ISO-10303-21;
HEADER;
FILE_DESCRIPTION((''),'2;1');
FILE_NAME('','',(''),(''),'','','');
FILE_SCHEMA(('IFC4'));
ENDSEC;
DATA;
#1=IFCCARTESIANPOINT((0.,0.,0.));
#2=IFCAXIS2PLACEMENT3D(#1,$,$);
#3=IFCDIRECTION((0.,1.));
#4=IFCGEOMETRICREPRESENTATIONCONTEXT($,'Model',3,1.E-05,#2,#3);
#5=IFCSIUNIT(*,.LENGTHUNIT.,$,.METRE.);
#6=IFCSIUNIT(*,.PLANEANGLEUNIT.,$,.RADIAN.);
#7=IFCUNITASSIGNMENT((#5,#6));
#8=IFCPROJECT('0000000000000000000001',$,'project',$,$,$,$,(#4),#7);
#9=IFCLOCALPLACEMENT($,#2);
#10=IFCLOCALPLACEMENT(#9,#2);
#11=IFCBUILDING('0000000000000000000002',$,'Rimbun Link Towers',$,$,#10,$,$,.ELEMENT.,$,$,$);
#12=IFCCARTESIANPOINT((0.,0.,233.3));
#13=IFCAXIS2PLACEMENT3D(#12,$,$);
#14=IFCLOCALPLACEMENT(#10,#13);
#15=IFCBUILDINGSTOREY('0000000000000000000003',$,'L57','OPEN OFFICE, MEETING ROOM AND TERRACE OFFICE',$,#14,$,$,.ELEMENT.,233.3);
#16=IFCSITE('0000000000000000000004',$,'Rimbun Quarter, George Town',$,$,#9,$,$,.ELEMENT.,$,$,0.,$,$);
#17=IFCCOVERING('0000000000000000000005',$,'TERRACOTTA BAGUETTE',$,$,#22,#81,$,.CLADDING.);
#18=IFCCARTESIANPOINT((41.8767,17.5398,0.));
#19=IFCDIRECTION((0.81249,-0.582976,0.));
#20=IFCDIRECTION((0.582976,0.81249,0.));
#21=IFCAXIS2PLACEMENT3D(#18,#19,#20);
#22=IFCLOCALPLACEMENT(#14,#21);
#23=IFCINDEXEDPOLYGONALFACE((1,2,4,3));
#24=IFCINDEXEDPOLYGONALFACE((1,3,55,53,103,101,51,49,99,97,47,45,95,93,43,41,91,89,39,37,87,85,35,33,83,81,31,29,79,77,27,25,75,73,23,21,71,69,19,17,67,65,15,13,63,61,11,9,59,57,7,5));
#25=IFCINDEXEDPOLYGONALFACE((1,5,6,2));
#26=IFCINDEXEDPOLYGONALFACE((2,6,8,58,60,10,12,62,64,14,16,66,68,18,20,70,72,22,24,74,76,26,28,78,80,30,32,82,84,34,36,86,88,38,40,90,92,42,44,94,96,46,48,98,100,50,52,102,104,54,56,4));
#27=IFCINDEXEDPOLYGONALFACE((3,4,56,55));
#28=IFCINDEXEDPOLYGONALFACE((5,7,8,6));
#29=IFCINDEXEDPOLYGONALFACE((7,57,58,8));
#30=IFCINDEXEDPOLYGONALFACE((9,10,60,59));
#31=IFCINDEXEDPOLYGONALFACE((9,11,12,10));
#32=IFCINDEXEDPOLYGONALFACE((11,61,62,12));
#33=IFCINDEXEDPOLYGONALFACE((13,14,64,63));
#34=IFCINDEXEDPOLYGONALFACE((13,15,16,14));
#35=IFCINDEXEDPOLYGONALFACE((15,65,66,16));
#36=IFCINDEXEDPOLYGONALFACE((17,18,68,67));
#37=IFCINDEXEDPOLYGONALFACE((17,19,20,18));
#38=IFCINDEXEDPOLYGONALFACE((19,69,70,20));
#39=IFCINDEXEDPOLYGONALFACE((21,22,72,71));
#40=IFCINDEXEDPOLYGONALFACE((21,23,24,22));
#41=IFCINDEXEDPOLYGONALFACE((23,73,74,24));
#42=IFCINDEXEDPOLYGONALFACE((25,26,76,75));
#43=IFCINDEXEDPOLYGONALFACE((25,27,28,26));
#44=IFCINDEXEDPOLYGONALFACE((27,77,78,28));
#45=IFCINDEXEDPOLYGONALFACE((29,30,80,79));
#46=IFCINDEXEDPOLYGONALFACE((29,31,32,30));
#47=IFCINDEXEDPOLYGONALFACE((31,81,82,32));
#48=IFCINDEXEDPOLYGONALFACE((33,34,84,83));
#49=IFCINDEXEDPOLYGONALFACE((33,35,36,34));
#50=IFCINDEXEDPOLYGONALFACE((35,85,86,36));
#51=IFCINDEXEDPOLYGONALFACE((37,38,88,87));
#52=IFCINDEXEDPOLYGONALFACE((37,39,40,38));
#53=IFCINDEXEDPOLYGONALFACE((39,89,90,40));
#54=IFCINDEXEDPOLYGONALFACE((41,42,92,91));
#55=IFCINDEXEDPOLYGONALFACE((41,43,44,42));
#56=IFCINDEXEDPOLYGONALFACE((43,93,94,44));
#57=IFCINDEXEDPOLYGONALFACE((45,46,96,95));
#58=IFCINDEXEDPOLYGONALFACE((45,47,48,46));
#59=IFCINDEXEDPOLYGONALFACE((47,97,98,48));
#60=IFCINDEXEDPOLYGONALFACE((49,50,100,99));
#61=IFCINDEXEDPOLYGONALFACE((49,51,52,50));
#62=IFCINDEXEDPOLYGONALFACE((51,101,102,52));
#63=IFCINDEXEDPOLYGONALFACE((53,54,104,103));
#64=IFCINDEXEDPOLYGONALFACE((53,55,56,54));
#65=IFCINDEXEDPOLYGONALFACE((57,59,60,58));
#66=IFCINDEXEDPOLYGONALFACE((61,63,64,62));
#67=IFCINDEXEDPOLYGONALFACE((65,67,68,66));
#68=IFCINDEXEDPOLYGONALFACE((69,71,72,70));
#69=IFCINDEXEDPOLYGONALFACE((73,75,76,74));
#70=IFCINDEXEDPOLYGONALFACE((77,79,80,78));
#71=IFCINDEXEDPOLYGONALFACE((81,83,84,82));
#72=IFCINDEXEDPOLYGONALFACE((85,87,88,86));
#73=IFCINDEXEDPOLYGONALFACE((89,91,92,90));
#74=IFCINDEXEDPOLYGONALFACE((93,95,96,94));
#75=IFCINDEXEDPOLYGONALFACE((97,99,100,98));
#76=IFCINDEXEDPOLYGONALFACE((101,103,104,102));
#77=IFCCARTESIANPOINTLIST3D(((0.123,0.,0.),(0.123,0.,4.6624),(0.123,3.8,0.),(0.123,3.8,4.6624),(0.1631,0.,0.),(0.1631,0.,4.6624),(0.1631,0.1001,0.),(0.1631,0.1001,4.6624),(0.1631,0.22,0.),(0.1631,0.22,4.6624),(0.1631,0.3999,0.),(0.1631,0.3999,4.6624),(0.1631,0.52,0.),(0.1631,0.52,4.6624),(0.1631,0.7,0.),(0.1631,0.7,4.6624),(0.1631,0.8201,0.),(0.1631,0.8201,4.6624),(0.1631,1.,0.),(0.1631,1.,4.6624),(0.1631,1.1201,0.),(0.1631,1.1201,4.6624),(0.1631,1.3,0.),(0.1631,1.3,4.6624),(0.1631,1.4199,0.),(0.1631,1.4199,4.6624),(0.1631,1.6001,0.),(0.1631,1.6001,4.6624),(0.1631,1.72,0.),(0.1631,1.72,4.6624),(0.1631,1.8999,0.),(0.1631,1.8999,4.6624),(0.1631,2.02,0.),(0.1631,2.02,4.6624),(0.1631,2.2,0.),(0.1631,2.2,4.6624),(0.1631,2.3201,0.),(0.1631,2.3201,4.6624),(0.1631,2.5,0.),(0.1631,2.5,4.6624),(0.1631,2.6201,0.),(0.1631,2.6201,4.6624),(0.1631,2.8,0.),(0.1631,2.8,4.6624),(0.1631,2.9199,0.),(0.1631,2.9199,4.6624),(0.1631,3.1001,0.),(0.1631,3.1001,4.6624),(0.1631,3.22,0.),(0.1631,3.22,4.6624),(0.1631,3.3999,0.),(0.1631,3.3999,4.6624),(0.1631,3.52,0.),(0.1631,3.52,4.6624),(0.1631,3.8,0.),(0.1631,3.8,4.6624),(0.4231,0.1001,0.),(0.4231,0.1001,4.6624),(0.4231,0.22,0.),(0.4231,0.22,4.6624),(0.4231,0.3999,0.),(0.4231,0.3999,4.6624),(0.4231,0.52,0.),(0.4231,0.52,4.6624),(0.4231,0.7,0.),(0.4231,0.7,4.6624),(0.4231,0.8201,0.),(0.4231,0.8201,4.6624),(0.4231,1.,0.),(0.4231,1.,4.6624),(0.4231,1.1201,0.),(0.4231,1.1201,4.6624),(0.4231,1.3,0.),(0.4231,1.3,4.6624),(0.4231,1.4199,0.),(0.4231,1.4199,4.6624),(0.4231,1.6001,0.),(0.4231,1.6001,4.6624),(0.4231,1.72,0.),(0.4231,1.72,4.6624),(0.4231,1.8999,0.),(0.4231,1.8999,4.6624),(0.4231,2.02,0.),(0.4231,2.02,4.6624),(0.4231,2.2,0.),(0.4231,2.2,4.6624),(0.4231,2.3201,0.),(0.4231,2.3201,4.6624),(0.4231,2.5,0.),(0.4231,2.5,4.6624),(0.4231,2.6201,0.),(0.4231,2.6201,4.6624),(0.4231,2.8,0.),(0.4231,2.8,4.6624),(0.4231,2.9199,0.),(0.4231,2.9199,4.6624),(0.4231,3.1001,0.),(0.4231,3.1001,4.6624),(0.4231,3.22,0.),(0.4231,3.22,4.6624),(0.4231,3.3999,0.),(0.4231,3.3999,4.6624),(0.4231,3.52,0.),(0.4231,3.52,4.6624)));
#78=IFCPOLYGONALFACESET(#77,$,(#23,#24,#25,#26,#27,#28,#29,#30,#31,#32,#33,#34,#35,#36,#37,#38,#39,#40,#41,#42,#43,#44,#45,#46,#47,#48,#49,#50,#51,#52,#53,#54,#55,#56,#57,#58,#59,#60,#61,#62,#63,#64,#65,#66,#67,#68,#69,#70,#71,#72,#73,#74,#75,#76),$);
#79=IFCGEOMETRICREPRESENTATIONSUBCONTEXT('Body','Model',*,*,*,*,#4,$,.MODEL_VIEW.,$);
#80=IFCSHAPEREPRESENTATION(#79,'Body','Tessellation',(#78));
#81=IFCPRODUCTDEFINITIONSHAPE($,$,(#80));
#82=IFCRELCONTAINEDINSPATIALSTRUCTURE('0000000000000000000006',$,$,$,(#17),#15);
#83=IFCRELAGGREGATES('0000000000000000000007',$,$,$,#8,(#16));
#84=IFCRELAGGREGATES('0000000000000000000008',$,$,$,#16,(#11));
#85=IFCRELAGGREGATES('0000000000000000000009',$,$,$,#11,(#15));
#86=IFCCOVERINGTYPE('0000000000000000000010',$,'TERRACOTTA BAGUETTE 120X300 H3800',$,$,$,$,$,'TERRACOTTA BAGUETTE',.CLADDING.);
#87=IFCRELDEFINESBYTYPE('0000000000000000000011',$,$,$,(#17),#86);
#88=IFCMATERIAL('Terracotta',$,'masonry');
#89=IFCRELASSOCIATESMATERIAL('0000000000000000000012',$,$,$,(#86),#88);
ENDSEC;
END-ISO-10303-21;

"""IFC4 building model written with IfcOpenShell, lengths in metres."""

from ifc_helpers import new_model, si_unit, direction, frame, origin, place, context, subcontext, project, spatial, polyline, outline, extrude, material, material_profile, profile_set, type_object, element, save


model = new_model("IFC4")

# Units and contexts
model_context = context("Model", 3, precision=1e-05, world=origin(), true_north=direction((0.0, 1.0)))
body_context = subcontext(model_context, "Body", "Model", "MODEL_VIEW")
ifc_project = project(units=[si_unit("LENGTHUNIT", "METRE"), si_unit("PLANEANGLEUNIT", "RADIAN")], contexts=[model_context])

# Site, building, storey
site_placement = place(None, origin())
site = spatial("IfcSite", under=ifc_project, at=site_placement, Name="Rimbun Quarter, George Town", CompositionType="ELEMENT", RefElevation=0.0)
building_placement = place(site_placement, origin())
building = spatial("IfcBuilding", under=site, at=building_placement, Name="Rimbun Link Towers", CompositionType="ELEMENT")
storey_placement = place(building_placement, frame((0.0, 0.0, 233.3)))
storey = spatial("IfcBuildingStorey", under=building, at=storey_placement, Name="L57", Description="OPEN OFFICE, MEETING ROOM AND TERRACE OFFICE", CompositionType="ELEMENT", Elevation=233.3)

# Covering
ifc_material_1 = material(Name="Terracotta", Category="masonry")
ifc_material_profile_1 = material_profile(ifc_material_1, outline(polyline([(0.123, 0.0), (0.1631, 0.0), (0.1631, 0.1001), (0.4231, 0.1001), (0.4231, 0.22), (0.1631, 0.22), (0.1631, 0.3999), (0.4231, 0.3999), (0.4231, 0.52), (0.1631, 0.52), (0.1631, 0.7), (0.4231, 0.7), (0.4231, 0.8201), (0.1631, 0.8201), (0.1631, 1.0), (0.4231, 1.0), (0.4231, 1.1201), (0.1631, 1.1201), (0.1631, 1.3), (0.4231, 1.3), (0.4231, 1.4199), (0.1631, 1.4199), (0.1631, 1.6001), (0.4231, 1.6001), (0.4231, 1.72), (0.1631, 1.72), (0.1631, 1.8999), (0.4231, 1.8999), (0.4231, 2.02), (0.1631, 2.02), (0.1631, 2.2), (0.4231, 2.2), (0.4231, 2.3201), (0.1631, 2.3201), (0.1631, 2.5), (0.4231, 2.5), (0.4231, 2.6201), (0.1631, 2.6201), (0.1631, 2.8), (0.4231, 2.8), (0.4231, 2.9199), (0.1631, 2.9199), (0.1631, 3.1001), (0.4231, 3.1001), (0.4231, 3.22), (0.1631, 3.22), (0.1631, 3.3999), (0.4231, 3.3999), (0.4231, 3.52), (0.1631, 3.52), (0.1631, 3.8), (0.123, 3.8), (0.123, 0.0)])), Name="BAGUETTE 120X300")
ifc_profile_set_1 = profile_set([ifc_material_profile_1], Name="Terracotta")
covering_type = type_object("IfcCoveringType", Name="TERRACOTTA BAGUETTE 120X300 H3800", ElementType="TERRACOTTA BAGUETTE", PredefinedType="CLADDING", material=ifc_profile_set_1)
covering_placement = place(storey_placement, frame((41.8767, 17.5398, 0.0), z_axis=(0.81249, -0.582976, 0.0), x_axis=(0.582976, 0.81249, 0.0)))
element("IfcCovering", 1, at=covering_placement, inside=storey, type_object=covering_type, Name="TERRACOTTA BAGUETTE", PredefinedType="CLADDING", context=body_context, shape_type="SweptSolid", body=[
    extrude(outline(polyline([(0.123, 0.0), (0.1631, 0.0), (0.1631, 0.1001), (0.4231, 0.1001), (0.4231, 0.22), (0.1631, 0.22), (0.1631, 0.3999), (0.4231, 0.3999), (0.4231, 0.52), (0.1631, 0.52), (0.1631, 0.7), (0.4231, 0.7), (0.4231, 0.8201), (0.1631, 0.8201), (0.1631, 1.0), (0.4231, 1.0), (0.4231, 1.1201), (0.1631, 1.1201), (0.1631, 1.3), (0.4231, 1.3), (0.4231, 1.4199), (0.1631, 1.4199), (0.1631, 1.6001), (0.4231, 1.6001), (0.4231, 1.72), (0.1631, 1.72), (0.1631, 1.8999), (0.4231, 1.8999), (0.4231, 2.02), (0.1631, 2.02), (0.1631, 2.2), (0.4231, 2.2), (0.4231, 2.3201), (0.1631, 2.3201), (0.1631, 2.5), (0.4231, 2.5), (0.4231, 2.6201), (0.1631, 2.6201), (0.1631, 2.8), (0.4231, 2.8), (0.4231, 2.9199), (0.1631, 2.9199), (0.1631, 3.1001), (0.4231, 3.1001), (0.4231, 3.22), (0.1631, 3.22), (0.1631, 3.3999), (0.4231, 3.3999), (0.4231, 3.52), (0.1631, 3.52), (0.1631, 3.8), (0.123, 3.8), (0.123, 0.0)])), origin(), (0.0, 0.0, 1.0), 4.6624),
])

save(model, "model.ifc")
